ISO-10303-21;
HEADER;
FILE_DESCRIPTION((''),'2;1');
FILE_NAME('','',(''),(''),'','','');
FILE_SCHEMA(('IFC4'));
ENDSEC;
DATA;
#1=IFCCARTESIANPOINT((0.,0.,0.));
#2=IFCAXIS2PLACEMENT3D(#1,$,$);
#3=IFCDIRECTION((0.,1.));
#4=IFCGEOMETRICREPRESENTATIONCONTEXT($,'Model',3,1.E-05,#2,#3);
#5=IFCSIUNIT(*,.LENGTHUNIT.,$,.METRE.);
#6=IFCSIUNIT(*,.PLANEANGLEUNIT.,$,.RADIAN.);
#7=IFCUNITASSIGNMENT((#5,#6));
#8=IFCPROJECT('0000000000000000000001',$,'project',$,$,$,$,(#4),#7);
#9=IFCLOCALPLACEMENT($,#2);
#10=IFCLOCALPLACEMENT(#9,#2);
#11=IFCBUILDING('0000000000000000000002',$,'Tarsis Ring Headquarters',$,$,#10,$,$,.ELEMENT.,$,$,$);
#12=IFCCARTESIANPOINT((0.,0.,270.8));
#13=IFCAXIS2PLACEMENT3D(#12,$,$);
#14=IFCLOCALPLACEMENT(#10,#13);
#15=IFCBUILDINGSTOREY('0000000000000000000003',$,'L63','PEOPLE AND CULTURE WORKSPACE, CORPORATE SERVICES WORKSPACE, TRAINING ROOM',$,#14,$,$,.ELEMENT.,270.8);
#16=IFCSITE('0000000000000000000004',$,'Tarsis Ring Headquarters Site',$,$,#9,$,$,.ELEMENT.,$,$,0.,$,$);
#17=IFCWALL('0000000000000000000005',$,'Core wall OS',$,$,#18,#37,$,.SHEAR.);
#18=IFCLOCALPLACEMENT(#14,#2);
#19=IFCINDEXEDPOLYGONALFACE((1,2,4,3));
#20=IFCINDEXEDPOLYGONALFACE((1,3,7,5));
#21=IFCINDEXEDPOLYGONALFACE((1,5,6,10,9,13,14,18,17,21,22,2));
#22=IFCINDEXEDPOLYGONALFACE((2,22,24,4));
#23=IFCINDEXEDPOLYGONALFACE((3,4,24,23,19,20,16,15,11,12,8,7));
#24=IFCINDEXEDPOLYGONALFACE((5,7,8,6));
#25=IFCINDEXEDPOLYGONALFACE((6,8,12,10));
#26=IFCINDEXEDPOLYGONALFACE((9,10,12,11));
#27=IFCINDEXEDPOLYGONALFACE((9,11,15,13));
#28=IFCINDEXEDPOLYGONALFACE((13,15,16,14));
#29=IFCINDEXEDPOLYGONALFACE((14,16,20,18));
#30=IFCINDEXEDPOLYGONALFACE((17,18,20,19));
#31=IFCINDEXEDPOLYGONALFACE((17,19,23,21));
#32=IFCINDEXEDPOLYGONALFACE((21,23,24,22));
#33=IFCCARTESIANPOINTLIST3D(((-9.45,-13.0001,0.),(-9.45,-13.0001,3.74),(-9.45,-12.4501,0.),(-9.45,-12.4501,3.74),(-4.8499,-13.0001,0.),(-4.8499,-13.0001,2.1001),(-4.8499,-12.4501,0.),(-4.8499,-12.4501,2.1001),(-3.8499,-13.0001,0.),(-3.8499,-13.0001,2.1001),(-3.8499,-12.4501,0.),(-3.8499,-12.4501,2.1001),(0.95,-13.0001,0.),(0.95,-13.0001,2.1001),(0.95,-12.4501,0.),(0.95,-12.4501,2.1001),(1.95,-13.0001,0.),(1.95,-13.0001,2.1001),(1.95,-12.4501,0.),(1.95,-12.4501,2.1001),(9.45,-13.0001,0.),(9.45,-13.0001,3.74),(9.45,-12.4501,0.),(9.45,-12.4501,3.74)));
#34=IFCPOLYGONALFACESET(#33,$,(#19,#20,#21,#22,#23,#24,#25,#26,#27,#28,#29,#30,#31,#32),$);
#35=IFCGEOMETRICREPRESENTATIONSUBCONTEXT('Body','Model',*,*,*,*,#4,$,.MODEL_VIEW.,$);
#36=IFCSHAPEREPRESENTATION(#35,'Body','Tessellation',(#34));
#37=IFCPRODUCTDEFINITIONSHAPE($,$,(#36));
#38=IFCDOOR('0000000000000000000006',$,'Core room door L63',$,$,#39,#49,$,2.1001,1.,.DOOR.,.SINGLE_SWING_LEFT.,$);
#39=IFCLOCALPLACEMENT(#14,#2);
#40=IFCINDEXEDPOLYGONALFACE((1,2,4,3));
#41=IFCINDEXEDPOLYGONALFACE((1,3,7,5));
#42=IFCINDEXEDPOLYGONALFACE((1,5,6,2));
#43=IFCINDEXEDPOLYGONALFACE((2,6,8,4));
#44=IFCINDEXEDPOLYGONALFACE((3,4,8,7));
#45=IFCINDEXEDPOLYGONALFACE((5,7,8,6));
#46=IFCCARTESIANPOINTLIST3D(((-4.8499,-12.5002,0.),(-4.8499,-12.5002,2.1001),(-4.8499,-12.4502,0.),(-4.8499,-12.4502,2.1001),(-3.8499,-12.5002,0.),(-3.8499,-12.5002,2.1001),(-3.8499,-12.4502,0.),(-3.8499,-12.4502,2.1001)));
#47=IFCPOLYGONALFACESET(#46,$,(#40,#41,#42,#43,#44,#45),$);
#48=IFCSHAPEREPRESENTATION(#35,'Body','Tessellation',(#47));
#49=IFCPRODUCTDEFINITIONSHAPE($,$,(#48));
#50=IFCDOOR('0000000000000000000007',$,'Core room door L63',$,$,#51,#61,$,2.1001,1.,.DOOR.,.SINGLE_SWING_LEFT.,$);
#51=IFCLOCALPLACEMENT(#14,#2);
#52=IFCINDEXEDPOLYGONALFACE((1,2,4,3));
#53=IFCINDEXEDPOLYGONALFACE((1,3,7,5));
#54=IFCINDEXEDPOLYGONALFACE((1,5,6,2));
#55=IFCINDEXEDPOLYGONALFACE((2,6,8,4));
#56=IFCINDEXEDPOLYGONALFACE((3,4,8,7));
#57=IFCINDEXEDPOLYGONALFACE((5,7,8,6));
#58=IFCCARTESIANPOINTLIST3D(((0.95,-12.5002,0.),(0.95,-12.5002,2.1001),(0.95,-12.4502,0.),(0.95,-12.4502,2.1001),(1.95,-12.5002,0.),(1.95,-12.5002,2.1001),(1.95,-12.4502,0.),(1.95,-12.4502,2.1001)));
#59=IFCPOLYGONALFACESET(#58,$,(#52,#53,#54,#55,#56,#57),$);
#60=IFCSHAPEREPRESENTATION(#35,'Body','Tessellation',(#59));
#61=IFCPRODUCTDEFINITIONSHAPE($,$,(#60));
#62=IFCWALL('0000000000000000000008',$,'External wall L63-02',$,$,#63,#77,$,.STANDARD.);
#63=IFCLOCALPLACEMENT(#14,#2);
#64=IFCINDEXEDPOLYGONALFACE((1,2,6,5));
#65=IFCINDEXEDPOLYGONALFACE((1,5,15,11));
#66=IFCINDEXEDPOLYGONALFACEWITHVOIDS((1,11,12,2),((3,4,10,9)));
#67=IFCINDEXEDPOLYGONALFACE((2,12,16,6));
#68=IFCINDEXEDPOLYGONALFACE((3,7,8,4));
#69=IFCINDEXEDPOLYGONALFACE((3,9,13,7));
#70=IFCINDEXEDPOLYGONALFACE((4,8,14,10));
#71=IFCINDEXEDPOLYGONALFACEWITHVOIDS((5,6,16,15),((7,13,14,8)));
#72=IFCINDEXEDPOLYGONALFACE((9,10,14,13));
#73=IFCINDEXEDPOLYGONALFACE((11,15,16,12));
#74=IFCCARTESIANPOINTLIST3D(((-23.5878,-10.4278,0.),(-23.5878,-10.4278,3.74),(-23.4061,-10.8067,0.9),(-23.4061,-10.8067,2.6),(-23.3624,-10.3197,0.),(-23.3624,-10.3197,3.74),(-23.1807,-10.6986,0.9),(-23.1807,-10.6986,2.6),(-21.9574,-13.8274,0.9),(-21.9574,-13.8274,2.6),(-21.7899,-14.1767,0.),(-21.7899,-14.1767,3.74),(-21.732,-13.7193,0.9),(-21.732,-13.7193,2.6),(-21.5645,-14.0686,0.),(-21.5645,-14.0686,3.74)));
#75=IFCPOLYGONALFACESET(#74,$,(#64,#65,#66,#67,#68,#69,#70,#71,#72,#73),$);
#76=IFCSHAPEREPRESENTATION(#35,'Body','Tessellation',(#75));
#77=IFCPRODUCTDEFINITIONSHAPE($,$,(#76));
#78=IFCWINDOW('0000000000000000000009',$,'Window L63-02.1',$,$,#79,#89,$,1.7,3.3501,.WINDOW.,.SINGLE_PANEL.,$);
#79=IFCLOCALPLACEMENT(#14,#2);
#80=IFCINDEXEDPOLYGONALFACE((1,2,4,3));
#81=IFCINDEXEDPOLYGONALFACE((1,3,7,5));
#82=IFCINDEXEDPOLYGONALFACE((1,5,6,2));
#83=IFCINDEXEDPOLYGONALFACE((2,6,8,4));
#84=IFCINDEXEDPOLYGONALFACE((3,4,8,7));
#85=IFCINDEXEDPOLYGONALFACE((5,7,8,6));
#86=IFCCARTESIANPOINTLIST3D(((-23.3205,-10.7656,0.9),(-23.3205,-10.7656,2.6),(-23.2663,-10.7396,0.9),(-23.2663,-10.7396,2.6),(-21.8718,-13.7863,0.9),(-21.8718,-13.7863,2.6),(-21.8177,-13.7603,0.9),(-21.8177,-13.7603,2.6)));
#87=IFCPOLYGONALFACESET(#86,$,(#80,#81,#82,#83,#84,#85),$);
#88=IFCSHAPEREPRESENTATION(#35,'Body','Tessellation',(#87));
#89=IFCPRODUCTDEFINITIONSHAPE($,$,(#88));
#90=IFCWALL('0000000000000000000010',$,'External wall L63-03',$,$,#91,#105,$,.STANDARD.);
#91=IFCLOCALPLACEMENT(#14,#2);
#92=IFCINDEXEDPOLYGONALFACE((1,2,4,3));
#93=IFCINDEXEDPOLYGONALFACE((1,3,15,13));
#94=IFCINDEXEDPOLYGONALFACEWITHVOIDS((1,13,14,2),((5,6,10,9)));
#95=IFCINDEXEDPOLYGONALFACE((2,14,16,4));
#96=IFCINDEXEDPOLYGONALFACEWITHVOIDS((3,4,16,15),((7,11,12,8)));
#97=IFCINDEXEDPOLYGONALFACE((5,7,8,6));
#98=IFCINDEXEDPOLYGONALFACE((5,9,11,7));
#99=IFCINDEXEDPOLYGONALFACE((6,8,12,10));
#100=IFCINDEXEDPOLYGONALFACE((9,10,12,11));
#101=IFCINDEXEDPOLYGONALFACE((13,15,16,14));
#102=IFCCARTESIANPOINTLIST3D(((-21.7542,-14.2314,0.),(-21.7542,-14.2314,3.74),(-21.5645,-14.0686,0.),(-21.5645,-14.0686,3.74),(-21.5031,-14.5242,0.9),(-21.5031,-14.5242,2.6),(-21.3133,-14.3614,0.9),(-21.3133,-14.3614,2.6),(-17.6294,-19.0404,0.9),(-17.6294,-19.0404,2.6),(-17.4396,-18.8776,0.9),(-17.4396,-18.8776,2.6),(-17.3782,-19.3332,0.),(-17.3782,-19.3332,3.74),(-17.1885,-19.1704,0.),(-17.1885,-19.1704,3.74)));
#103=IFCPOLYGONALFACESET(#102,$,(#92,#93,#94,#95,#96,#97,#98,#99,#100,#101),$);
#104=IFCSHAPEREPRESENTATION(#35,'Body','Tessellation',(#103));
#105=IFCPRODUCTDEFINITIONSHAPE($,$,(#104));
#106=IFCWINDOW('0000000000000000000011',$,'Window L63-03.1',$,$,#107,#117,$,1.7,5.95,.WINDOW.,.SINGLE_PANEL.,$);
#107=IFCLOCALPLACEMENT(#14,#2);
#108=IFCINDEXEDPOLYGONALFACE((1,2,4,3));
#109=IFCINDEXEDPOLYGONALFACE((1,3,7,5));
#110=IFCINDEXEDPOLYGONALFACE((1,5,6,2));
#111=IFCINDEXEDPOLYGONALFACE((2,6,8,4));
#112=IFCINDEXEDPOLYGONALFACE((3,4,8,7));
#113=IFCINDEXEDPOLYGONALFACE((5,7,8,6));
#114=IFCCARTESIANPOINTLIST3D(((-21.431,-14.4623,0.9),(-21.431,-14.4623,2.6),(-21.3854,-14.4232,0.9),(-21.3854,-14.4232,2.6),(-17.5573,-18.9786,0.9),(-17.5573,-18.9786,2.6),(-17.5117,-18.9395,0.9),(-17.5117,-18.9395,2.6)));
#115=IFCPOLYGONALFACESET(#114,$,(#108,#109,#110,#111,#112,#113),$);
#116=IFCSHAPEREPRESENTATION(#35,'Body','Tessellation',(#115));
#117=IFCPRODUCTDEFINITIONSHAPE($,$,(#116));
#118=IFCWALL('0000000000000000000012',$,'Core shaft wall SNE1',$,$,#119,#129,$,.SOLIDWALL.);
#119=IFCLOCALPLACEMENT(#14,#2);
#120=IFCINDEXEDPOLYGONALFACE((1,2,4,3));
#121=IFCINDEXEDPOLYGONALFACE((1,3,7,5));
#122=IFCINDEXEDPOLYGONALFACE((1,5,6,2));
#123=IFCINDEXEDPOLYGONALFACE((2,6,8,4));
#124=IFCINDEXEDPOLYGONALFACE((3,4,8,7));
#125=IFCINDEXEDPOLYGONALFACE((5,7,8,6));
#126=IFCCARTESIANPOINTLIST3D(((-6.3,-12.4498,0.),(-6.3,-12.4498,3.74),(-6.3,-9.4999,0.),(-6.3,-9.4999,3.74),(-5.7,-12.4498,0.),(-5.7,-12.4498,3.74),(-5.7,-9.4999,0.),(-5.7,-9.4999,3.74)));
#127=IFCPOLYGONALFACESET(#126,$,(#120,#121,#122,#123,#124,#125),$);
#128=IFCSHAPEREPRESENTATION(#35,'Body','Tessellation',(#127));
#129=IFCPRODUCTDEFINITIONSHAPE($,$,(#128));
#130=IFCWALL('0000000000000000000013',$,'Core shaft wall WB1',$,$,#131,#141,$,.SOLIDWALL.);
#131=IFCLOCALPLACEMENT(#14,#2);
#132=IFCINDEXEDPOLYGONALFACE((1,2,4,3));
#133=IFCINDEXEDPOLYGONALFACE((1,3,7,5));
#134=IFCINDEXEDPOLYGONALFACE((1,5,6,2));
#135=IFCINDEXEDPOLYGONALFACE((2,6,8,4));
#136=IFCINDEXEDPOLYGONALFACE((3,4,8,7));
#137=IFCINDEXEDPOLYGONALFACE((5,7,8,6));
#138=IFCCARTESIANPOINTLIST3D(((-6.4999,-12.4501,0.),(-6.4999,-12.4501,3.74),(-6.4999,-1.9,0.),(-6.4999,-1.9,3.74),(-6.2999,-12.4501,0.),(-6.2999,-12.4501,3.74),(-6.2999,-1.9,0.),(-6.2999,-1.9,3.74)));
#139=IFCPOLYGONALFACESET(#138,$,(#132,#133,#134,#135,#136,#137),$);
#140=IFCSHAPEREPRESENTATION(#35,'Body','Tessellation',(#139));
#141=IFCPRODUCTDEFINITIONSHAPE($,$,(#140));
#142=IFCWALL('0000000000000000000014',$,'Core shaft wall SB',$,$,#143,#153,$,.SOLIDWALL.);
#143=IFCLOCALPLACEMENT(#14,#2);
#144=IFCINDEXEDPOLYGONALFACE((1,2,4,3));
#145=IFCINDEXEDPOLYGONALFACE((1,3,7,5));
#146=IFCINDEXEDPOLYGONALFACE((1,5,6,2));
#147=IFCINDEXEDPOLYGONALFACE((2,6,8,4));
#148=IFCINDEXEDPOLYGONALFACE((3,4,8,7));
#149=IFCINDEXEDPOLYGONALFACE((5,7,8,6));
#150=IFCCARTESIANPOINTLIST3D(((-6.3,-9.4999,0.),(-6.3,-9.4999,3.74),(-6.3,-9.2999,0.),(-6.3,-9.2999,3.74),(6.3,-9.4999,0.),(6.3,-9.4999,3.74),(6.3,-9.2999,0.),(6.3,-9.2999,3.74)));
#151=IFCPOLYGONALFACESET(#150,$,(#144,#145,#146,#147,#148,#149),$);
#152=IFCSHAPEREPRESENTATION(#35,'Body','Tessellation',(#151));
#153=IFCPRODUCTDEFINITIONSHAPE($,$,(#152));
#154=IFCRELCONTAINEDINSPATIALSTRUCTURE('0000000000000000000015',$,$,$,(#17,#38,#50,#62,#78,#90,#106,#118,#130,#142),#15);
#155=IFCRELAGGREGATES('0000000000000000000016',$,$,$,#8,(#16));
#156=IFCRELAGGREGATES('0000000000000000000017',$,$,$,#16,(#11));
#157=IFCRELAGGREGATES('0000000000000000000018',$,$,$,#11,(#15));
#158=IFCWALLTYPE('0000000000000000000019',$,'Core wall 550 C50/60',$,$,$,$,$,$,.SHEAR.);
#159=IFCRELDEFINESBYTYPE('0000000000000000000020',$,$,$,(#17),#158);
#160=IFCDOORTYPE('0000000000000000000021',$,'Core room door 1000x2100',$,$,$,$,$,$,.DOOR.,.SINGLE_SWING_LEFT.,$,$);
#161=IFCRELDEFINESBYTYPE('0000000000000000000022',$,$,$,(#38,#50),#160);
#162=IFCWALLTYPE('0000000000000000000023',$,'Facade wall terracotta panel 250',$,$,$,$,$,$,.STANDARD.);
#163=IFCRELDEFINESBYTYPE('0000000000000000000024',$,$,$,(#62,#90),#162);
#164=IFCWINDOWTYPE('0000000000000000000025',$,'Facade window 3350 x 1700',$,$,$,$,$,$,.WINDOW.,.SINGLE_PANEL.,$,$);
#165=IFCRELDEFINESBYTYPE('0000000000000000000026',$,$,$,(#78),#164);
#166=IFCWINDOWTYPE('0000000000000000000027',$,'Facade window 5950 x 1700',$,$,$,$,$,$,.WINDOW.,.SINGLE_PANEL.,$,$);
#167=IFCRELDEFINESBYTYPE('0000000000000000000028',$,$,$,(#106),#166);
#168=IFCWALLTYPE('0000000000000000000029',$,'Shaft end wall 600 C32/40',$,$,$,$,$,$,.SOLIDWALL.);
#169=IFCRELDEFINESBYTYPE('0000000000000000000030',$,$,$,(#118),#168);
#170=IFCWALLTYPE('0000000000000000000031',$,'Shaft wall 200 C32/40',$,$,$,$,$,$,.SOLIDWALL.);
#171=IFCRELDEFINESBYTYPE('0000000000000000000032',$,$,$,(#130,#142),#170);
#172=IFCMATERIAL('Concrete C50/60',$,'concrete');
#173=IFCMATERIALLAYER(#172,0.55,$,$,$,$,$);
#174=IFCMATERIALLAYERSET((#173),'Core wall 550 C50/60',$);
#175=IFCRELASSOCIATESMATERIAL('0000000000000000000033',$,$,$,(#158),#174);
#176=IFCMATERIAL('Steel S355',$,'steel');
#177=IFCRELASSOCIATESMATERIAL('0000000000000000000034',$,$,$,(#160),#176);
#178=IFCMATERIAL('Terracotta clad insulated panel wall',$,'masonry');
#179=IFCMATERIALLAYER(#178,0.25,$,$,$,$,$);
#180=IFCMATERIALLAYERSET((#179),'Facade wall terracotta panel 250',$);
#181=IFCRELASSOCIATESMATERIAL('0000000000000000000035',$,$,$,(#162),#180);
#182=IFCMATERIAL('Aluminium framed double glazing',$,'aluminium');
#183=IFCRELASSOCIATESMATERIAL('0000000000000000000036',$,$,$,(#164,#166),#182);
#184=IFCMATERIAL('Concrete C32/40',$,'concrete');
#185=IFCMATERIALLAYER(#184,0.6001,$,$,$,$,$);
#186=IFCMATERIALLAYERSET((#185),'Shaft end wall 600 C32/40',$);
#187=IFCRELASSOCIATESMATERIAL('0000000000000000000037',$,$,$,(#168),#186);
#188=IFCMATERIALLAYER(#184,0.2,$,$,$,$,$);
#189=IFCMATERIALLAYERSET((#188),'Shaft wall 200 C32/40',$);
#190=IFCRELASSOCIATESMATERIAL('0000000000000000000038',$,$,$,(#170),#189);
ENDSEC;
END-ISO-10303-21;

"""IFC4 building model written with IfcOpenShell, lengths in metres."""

from ifc_helpers import new_model, si_unit, direction, frame, frame_2d, origin, place, context, subcontext, project, spatial, rectangle, extrude, material, layer, layer_set, type_object, element, fill, save


model = new_model("IFC4")

# Units and contexts
model_context = context("Model", 3, precision=1e-05, world=origin(), true_north=direction((0.0, 1.0)))
body_context = subcontext(model_context, "Body", "Model", "MODEL_VIEW")
ifc_project = project(units=[si_unit("LENGTHUNIT", "METRE"), si_unit("PLANEANGLEUNIT", "RADIAN")], contexts=[model_context])

# Site, building, storey
site_placement = place(None, origin())
site = spatial("IfcSite", under=ifc_project, at=site_placement, Name="Tarsis Ring Headquarters Site", CompositionType="ELEMENT", RefElevation=0.0)
building_placement = place(site_placement, origin())
building = spatial("IfcBuilding", under=site, at=building_placement, Name="Tarsis Ring Headquarters", CompositionType="ELEMENT")
storey_placement = place(building_placement, frame((0.0, 0.0, 270.8)))
storey = spatial("IfcBuildingStorey", under=building, at=storey_placement, Name="L63", Description="PEOPLE AND CULTURE WORKSPACE, CORPORATE SERVICES WORKSPACE, TRAINING ROOM", CompositionType="ELEMENT", Elevation=270.8)

# Wall, openings, doors
ifc_material_1 = material(Name="Concrete C50/60", Category="concrete")
ifc_layer_1 = layer(ifc_material_1, 0.55)
ifc_layer_set_1 = layer_set([ifc_layer_1], Name="Core wall 550 C50/60")
wall_type_1 = type_object("IfcWallType", Name="Core wall 550 C50/60", PredefinedType="SHEAR", material=ifc_layer_set_1)
ifc_material_2 = material(Name="Steel S355", Category="steel")
door_type_1 = type_object("IfcDoorType", Name="Core room door 1000x2100", OperationType="SINGLE_SWING_LEFT", PredefinedType="DOOR", material=ifc_material_2)
wall_1_placement = place(storey_placement, frame((-9.45, -12.7251, 0.0), z_axis=(0.0, 0.0, 1.0), x_axis=(1.0, 0.0, 0.0)))
wall_1 = element("IfcWall", 1, at=wall_1_placement, inside=storey, type_object=wall_type_1, Name="Core wall OS", PredefinedType="SHEAR", context=body_context, shape_type="SweptSolid", body=[
    extrude(rectangle(XDim=18.8999, YDim=0.55, at=frame_2d((9.45, 0.0))), origin(), (0.0, 0.0, 1.0), 3.74),
])
opening_1_placement = place(wall_1_placement, frame((4.6001, 0.0, 0.0)))
opening_1 = element("IfcOpeningElement", 2, at=opening_1_placement, cuts=wall_1, PredefinedType="OPENING", context=body_context, shape_type="SweptSolid", body=[
    extrude(rectangle(XDim=1.0, YDim=2.1001, at=frame_2d((0.5, 1.05))), frame((0.0, 0.2849, 0.0), z_axis=(0.0, -1.0, 0.0), x_axis=(1.0, 0.0, 0.0)), (0.0, 0.0, 1.0), 0.5701),
])
opening_2_placement = place(wall_1_placement, frame((10.3999, 0.0, 0.0)))
opening_2 = element("IfcOpeningElement", 3, at=opening_2_placement, cuts=wall_1, PredefinedType="OPENING", context=body_context, shape_type="SweptSolid", body=[
    extrude(rectangle(XDim=1.0, YDim=2.1001, at=frame_2d((0.5, 1.05))), frame((0.0, 0.2849, 0.0), z_axis=(0.0, -1.0, 0.0), x_axis=(1.0, 0.0, 0.0)), (0.0, 0.0, 1.0), 0.5701),
])
door_1_placement = place(opening_1_placement, origin())
door_1 = element("IfcDoor", 4, at=door_1_placement, inside=storey, type_object=door_type_1, Name="Core room door L63", OperationType="SINGLE_SWING_LEFT", OverallHeight=2.1001, OverallWidth=1.0, PredefinedType="DOOR", context=body_context, shape_type="SweptSolid", body=[
    extrude(rectangle(XDim=1.0, YDim=2.1001, at=frame_2d((0.5, 1.05))), frame((0.0, 0.2749, 0.0), z_axis=(0.0, -1.0, 0.0), x_axis=(1.0, 0.0, 0.0)), (0.0, 0.0, 1.0), 0.05),
])
fill(opening_1, door_1)
door_2_placement = place(opening_2_placement, origin())
door_2 = element("IfcDoor", 5, at=door_2_placement, inside=storey, type_object=door_type_1, Name="Core room door L63", OperationType="SINGLE_SWING_LEFT", OverallHeight=2.1001, OverallWidth=1.0, PredefinedType="DOOR", context=body_context, shape_type="SweptSolid", body=[
    extrude(rectangle(XDim=1.0, YDim=2.1001, at=frame_2d((0.5, 1.05))), frame((0.0, 0.2749, 0.0), z_axis=(0.0, -1.0, 0.0), x_axis=(1.0, 0.0, 0.0)), (0.0, 0.0, 1.0), 0.05),
])
fill(opening_2, door_2)

# Walls, openings, windows
ifc_material_3 = material(Name="Terracotta clad insulated panel wall", Category="masonry")
ifc_layer_2 = layer(ifc_material_3, 0.25)
ifc_layer_set_2 = layer_set([ifc_layer_2], Name="Facade wall terracotta panel 250")
wall_type_2 = type_object("IfcWallType", Name="Facade wall terracotta panel 250", PredefinedType="STANDARD", material=ifc_layer_set_2)
wall_2_placement = place(storey_placement, frame((-23.4751, -10.3738, 0.0), z_axis=(0.0, 0.0, 1.0), x_axis=(0.432426, -0.90167, 0.0)))
wall_2 = element("IfcWall", 6, at=wall_2_placement, inside=storey, type_object=wall_type_2, Name="External wall L63-02", PredefinedType="STANDARD", context=body_context, shape_type="SweptSolid", body=[
    extrude(rectangle(XDim=4.1577, YDim=0.25, at=frame_2d((2.0789, 0.0))), origin(), (0.0, 0.0, 1.0), 3.74),
])
opening_3_placement = place(wall_2_placement, frame((0.4202, 0.0, 0.8999)))
opening_3 = element("IfcOpeningElement", 7, at=opening_3_placement, cuts=wall_2, PredefinedType="OPENING", context=body_context, shape_type="SweptSolid", body=[
    extrude(rectangle(XDim=3.3501, YDim=1.7, at=frame_2d((1.675, 0.8501))), frame((0.0, 0.135, 0.0), z_axis=(0.0, -1.0, 0.0), x_axis=(1.0, 0.0, 0.0)), (0.0, 0.0, 1.0), 0.27),
])
ifc_material_4 = material(Name="Aluminium framed double glazing", Category="aluminium")
window_type_1 = type_object("IfcWindowType", Name="Facade window 3350 x 1700", PartitioningType="SINGLE_PANEL", PredefinedType="WINDOW", material=ifc_material_4)
window_1_placement = place(opening_3_placement, origin())
window_1 = element("IfcWindow", 8, at=window_1_placement, inside=storey, type_object=window_type_1, Name="Window L63-02.1", OverallHeight=1.7, OverallWidth=3.3501, PartitioningType="SINGLE_PANEL", PredefinedType="WINDOW", context=body_context, shape_type="SweptSolid", body=[
    extrude(rectangle(XDim=3.3501, YDim=1.7, at=frame_2d((1.675, 0.8501))), frame((0.0, 0.03, 0.0), z_axis=(0.0, -1.0, 0.0), x_axis=(1.0, 0.0, 0.0)), (0.0, 0.0, 1.0), 0.0601),
])
fill(opening_3, window_1)
wall_3_placement = place(storey_placement, frame((-21.6594, -14.1499, 0.0), z_axis=(0.0, 0.0, 1.0), x_axis=(0.651049, -0.759036, 0.0)))
wall_3 = element("IfcWall", 9, at=wall_3_placement, inside=storey, type_object=wall_type_2, Name="External wall L63-03", PredefinedType="STANDARD", context=body_context, shape_type="SweptSolid", body=[
    extrude(rectangle(XDim=6.7214, YDim=0.25, at=frame_2d((3.3608, 0.0))), origin(), (0.0, 0.0, 1.0), 3.74),
])
opening_4_placement = place(wall_3_placement, frame((0.3857, 0.0, 0.8999)))
opening_4 = element("IfcOpeningElement", 10, at=opening_4_placement, cuts=wall_3, PredefinedType="OPENING", context=body_context, shape_type="SweptSolid", body=[
    extrude(rectangle(XDim=5.95, YDim=1.7, at=frame_2d((2.9751, 0.8501))), frame((0.0, 0.135, 0.0), z_axis=(0.0, -1.0, 0.0), x_axis=(1.0, 0.0, 0.0)), (0.0, 0.0, 1.0), 0.27),
])
window_type_2 = type_object("IfcWindowType", Name="Facade window 5950 x 1700", PartitioningType="SINGLE_PANEL", PredefinedType="WINDOW", material=ifc_material_4)
window_2_placement = place(opening_4_placement, origin())
window_2 = element("IfcWindow", 11, at=window_2_placement, inside=storey, type_object=window_type_2, Name="Window L63-03.1", OverallHeight=1.7, OverallWidth=5.95, PartitioningType="SINGLE_PANEL", PredefinedType="WINDOW", context=body_context, shape_type="SweptSolid", body=[
    extrude(rectangle(XDim=5.95, YDim=1.7, at=frame_2d((2.9751, 0.8501))), frame((0.0, 0.03, 0.0), z_axis=(0.0, -1.0, 0.0), x_axis=(1.0, 0.0, 0.0)), (0.0, 0.0, 1.0), 0.0601),
])
fill(opening_4, window_2)

# Walls
ifc_material_5 = material(Name="Concrete C32/40", Category="concrete")
ifc_layer_3 = layer(ifc_material_5, 0.6001)
ifc_layer_set_3 = layer_set([ifc_layer_3], Name="Shaft end wall 600 C32/40")
wall_type_3 = type_object("IfcWallType", Name="Shaft end wall 600 C32/40", PredefinedType="SOLIDWALL", material=ifc_layer_set_3)
wall_4_placement = place(storey_placement, frame((-6.0, -12.45, 0.0), z_axis=(0.0, 0.0, 1.0), x_axis=(0.0, 1.0, 0.0)))
element("IfcWall", 12, at=wall_4_placement, inside=storey, type_object=wall_type_3, Name="Core shaft wall SNE1", PredefinedType="SOLIDWALL", context=body_context, shape_type="SweptSolid", body=[
    extrude(rectangle(XDim=2.95, YDim=0.6001, at=frame_2d((1.4751, 0.0))), origin(), (0.0, 0.0, 1.0), 3.74),
])
ifc_layer_4 = layer(ifc_material_5, 0.2)
ifc_layer_set_4 = layer_set([ifc_layer_4], Name="Shaft wall 200 C32/40")
wall_type_4 = type_object("IfcWallType", Name="Shaft wall 200 C32/40", PredefinedType="SOLIDWALL", material=ifc_layer_set_4)
wall_5_placement = place(storey_placement, frame((-6.3999, -12.45, 0.0), z_axis=(0.0, 0.0, 1.0), x_axis=(0.0, 1.0, 0.0)))
element("IfcWall", 13, at=wall_5_placement, inside=storey, type_object=wall_type_4, Name="Core shaft wall WB1", PredefinedType="SOLIDWALL", context=body_context, shape_type="SweptSolid", body=[
    extrude(rectangle(XDim=10.55, YDim=0.2, at=frame_2d((5.2749, 0.0))), origin(), (0.0, 0.0, 1.0), 3.74),
])
wall_6_placement = place(storey_placement, frame((-6.3, -9.3999, 0.0), z_axis=(0.0, 0.0, 1.0), x_axis=(1.0, 0.0, 0.0)))
element("IfcWall", 14, at=wall_6_placement, inside=storey, type_object=wall_type_4, Name="Core shaft wall SB", PredefinedType="SOLIDWALL", context=body_context, shape_type="SweptSolid", body=[
    extrude(rectangle(XDim=12.6001, YDim=0.2, at=frame_2d((6.3, 0.0))), origin(), (0.0, 0.0, 1.0), 3.74),
])

save(model, "model.ifc")
